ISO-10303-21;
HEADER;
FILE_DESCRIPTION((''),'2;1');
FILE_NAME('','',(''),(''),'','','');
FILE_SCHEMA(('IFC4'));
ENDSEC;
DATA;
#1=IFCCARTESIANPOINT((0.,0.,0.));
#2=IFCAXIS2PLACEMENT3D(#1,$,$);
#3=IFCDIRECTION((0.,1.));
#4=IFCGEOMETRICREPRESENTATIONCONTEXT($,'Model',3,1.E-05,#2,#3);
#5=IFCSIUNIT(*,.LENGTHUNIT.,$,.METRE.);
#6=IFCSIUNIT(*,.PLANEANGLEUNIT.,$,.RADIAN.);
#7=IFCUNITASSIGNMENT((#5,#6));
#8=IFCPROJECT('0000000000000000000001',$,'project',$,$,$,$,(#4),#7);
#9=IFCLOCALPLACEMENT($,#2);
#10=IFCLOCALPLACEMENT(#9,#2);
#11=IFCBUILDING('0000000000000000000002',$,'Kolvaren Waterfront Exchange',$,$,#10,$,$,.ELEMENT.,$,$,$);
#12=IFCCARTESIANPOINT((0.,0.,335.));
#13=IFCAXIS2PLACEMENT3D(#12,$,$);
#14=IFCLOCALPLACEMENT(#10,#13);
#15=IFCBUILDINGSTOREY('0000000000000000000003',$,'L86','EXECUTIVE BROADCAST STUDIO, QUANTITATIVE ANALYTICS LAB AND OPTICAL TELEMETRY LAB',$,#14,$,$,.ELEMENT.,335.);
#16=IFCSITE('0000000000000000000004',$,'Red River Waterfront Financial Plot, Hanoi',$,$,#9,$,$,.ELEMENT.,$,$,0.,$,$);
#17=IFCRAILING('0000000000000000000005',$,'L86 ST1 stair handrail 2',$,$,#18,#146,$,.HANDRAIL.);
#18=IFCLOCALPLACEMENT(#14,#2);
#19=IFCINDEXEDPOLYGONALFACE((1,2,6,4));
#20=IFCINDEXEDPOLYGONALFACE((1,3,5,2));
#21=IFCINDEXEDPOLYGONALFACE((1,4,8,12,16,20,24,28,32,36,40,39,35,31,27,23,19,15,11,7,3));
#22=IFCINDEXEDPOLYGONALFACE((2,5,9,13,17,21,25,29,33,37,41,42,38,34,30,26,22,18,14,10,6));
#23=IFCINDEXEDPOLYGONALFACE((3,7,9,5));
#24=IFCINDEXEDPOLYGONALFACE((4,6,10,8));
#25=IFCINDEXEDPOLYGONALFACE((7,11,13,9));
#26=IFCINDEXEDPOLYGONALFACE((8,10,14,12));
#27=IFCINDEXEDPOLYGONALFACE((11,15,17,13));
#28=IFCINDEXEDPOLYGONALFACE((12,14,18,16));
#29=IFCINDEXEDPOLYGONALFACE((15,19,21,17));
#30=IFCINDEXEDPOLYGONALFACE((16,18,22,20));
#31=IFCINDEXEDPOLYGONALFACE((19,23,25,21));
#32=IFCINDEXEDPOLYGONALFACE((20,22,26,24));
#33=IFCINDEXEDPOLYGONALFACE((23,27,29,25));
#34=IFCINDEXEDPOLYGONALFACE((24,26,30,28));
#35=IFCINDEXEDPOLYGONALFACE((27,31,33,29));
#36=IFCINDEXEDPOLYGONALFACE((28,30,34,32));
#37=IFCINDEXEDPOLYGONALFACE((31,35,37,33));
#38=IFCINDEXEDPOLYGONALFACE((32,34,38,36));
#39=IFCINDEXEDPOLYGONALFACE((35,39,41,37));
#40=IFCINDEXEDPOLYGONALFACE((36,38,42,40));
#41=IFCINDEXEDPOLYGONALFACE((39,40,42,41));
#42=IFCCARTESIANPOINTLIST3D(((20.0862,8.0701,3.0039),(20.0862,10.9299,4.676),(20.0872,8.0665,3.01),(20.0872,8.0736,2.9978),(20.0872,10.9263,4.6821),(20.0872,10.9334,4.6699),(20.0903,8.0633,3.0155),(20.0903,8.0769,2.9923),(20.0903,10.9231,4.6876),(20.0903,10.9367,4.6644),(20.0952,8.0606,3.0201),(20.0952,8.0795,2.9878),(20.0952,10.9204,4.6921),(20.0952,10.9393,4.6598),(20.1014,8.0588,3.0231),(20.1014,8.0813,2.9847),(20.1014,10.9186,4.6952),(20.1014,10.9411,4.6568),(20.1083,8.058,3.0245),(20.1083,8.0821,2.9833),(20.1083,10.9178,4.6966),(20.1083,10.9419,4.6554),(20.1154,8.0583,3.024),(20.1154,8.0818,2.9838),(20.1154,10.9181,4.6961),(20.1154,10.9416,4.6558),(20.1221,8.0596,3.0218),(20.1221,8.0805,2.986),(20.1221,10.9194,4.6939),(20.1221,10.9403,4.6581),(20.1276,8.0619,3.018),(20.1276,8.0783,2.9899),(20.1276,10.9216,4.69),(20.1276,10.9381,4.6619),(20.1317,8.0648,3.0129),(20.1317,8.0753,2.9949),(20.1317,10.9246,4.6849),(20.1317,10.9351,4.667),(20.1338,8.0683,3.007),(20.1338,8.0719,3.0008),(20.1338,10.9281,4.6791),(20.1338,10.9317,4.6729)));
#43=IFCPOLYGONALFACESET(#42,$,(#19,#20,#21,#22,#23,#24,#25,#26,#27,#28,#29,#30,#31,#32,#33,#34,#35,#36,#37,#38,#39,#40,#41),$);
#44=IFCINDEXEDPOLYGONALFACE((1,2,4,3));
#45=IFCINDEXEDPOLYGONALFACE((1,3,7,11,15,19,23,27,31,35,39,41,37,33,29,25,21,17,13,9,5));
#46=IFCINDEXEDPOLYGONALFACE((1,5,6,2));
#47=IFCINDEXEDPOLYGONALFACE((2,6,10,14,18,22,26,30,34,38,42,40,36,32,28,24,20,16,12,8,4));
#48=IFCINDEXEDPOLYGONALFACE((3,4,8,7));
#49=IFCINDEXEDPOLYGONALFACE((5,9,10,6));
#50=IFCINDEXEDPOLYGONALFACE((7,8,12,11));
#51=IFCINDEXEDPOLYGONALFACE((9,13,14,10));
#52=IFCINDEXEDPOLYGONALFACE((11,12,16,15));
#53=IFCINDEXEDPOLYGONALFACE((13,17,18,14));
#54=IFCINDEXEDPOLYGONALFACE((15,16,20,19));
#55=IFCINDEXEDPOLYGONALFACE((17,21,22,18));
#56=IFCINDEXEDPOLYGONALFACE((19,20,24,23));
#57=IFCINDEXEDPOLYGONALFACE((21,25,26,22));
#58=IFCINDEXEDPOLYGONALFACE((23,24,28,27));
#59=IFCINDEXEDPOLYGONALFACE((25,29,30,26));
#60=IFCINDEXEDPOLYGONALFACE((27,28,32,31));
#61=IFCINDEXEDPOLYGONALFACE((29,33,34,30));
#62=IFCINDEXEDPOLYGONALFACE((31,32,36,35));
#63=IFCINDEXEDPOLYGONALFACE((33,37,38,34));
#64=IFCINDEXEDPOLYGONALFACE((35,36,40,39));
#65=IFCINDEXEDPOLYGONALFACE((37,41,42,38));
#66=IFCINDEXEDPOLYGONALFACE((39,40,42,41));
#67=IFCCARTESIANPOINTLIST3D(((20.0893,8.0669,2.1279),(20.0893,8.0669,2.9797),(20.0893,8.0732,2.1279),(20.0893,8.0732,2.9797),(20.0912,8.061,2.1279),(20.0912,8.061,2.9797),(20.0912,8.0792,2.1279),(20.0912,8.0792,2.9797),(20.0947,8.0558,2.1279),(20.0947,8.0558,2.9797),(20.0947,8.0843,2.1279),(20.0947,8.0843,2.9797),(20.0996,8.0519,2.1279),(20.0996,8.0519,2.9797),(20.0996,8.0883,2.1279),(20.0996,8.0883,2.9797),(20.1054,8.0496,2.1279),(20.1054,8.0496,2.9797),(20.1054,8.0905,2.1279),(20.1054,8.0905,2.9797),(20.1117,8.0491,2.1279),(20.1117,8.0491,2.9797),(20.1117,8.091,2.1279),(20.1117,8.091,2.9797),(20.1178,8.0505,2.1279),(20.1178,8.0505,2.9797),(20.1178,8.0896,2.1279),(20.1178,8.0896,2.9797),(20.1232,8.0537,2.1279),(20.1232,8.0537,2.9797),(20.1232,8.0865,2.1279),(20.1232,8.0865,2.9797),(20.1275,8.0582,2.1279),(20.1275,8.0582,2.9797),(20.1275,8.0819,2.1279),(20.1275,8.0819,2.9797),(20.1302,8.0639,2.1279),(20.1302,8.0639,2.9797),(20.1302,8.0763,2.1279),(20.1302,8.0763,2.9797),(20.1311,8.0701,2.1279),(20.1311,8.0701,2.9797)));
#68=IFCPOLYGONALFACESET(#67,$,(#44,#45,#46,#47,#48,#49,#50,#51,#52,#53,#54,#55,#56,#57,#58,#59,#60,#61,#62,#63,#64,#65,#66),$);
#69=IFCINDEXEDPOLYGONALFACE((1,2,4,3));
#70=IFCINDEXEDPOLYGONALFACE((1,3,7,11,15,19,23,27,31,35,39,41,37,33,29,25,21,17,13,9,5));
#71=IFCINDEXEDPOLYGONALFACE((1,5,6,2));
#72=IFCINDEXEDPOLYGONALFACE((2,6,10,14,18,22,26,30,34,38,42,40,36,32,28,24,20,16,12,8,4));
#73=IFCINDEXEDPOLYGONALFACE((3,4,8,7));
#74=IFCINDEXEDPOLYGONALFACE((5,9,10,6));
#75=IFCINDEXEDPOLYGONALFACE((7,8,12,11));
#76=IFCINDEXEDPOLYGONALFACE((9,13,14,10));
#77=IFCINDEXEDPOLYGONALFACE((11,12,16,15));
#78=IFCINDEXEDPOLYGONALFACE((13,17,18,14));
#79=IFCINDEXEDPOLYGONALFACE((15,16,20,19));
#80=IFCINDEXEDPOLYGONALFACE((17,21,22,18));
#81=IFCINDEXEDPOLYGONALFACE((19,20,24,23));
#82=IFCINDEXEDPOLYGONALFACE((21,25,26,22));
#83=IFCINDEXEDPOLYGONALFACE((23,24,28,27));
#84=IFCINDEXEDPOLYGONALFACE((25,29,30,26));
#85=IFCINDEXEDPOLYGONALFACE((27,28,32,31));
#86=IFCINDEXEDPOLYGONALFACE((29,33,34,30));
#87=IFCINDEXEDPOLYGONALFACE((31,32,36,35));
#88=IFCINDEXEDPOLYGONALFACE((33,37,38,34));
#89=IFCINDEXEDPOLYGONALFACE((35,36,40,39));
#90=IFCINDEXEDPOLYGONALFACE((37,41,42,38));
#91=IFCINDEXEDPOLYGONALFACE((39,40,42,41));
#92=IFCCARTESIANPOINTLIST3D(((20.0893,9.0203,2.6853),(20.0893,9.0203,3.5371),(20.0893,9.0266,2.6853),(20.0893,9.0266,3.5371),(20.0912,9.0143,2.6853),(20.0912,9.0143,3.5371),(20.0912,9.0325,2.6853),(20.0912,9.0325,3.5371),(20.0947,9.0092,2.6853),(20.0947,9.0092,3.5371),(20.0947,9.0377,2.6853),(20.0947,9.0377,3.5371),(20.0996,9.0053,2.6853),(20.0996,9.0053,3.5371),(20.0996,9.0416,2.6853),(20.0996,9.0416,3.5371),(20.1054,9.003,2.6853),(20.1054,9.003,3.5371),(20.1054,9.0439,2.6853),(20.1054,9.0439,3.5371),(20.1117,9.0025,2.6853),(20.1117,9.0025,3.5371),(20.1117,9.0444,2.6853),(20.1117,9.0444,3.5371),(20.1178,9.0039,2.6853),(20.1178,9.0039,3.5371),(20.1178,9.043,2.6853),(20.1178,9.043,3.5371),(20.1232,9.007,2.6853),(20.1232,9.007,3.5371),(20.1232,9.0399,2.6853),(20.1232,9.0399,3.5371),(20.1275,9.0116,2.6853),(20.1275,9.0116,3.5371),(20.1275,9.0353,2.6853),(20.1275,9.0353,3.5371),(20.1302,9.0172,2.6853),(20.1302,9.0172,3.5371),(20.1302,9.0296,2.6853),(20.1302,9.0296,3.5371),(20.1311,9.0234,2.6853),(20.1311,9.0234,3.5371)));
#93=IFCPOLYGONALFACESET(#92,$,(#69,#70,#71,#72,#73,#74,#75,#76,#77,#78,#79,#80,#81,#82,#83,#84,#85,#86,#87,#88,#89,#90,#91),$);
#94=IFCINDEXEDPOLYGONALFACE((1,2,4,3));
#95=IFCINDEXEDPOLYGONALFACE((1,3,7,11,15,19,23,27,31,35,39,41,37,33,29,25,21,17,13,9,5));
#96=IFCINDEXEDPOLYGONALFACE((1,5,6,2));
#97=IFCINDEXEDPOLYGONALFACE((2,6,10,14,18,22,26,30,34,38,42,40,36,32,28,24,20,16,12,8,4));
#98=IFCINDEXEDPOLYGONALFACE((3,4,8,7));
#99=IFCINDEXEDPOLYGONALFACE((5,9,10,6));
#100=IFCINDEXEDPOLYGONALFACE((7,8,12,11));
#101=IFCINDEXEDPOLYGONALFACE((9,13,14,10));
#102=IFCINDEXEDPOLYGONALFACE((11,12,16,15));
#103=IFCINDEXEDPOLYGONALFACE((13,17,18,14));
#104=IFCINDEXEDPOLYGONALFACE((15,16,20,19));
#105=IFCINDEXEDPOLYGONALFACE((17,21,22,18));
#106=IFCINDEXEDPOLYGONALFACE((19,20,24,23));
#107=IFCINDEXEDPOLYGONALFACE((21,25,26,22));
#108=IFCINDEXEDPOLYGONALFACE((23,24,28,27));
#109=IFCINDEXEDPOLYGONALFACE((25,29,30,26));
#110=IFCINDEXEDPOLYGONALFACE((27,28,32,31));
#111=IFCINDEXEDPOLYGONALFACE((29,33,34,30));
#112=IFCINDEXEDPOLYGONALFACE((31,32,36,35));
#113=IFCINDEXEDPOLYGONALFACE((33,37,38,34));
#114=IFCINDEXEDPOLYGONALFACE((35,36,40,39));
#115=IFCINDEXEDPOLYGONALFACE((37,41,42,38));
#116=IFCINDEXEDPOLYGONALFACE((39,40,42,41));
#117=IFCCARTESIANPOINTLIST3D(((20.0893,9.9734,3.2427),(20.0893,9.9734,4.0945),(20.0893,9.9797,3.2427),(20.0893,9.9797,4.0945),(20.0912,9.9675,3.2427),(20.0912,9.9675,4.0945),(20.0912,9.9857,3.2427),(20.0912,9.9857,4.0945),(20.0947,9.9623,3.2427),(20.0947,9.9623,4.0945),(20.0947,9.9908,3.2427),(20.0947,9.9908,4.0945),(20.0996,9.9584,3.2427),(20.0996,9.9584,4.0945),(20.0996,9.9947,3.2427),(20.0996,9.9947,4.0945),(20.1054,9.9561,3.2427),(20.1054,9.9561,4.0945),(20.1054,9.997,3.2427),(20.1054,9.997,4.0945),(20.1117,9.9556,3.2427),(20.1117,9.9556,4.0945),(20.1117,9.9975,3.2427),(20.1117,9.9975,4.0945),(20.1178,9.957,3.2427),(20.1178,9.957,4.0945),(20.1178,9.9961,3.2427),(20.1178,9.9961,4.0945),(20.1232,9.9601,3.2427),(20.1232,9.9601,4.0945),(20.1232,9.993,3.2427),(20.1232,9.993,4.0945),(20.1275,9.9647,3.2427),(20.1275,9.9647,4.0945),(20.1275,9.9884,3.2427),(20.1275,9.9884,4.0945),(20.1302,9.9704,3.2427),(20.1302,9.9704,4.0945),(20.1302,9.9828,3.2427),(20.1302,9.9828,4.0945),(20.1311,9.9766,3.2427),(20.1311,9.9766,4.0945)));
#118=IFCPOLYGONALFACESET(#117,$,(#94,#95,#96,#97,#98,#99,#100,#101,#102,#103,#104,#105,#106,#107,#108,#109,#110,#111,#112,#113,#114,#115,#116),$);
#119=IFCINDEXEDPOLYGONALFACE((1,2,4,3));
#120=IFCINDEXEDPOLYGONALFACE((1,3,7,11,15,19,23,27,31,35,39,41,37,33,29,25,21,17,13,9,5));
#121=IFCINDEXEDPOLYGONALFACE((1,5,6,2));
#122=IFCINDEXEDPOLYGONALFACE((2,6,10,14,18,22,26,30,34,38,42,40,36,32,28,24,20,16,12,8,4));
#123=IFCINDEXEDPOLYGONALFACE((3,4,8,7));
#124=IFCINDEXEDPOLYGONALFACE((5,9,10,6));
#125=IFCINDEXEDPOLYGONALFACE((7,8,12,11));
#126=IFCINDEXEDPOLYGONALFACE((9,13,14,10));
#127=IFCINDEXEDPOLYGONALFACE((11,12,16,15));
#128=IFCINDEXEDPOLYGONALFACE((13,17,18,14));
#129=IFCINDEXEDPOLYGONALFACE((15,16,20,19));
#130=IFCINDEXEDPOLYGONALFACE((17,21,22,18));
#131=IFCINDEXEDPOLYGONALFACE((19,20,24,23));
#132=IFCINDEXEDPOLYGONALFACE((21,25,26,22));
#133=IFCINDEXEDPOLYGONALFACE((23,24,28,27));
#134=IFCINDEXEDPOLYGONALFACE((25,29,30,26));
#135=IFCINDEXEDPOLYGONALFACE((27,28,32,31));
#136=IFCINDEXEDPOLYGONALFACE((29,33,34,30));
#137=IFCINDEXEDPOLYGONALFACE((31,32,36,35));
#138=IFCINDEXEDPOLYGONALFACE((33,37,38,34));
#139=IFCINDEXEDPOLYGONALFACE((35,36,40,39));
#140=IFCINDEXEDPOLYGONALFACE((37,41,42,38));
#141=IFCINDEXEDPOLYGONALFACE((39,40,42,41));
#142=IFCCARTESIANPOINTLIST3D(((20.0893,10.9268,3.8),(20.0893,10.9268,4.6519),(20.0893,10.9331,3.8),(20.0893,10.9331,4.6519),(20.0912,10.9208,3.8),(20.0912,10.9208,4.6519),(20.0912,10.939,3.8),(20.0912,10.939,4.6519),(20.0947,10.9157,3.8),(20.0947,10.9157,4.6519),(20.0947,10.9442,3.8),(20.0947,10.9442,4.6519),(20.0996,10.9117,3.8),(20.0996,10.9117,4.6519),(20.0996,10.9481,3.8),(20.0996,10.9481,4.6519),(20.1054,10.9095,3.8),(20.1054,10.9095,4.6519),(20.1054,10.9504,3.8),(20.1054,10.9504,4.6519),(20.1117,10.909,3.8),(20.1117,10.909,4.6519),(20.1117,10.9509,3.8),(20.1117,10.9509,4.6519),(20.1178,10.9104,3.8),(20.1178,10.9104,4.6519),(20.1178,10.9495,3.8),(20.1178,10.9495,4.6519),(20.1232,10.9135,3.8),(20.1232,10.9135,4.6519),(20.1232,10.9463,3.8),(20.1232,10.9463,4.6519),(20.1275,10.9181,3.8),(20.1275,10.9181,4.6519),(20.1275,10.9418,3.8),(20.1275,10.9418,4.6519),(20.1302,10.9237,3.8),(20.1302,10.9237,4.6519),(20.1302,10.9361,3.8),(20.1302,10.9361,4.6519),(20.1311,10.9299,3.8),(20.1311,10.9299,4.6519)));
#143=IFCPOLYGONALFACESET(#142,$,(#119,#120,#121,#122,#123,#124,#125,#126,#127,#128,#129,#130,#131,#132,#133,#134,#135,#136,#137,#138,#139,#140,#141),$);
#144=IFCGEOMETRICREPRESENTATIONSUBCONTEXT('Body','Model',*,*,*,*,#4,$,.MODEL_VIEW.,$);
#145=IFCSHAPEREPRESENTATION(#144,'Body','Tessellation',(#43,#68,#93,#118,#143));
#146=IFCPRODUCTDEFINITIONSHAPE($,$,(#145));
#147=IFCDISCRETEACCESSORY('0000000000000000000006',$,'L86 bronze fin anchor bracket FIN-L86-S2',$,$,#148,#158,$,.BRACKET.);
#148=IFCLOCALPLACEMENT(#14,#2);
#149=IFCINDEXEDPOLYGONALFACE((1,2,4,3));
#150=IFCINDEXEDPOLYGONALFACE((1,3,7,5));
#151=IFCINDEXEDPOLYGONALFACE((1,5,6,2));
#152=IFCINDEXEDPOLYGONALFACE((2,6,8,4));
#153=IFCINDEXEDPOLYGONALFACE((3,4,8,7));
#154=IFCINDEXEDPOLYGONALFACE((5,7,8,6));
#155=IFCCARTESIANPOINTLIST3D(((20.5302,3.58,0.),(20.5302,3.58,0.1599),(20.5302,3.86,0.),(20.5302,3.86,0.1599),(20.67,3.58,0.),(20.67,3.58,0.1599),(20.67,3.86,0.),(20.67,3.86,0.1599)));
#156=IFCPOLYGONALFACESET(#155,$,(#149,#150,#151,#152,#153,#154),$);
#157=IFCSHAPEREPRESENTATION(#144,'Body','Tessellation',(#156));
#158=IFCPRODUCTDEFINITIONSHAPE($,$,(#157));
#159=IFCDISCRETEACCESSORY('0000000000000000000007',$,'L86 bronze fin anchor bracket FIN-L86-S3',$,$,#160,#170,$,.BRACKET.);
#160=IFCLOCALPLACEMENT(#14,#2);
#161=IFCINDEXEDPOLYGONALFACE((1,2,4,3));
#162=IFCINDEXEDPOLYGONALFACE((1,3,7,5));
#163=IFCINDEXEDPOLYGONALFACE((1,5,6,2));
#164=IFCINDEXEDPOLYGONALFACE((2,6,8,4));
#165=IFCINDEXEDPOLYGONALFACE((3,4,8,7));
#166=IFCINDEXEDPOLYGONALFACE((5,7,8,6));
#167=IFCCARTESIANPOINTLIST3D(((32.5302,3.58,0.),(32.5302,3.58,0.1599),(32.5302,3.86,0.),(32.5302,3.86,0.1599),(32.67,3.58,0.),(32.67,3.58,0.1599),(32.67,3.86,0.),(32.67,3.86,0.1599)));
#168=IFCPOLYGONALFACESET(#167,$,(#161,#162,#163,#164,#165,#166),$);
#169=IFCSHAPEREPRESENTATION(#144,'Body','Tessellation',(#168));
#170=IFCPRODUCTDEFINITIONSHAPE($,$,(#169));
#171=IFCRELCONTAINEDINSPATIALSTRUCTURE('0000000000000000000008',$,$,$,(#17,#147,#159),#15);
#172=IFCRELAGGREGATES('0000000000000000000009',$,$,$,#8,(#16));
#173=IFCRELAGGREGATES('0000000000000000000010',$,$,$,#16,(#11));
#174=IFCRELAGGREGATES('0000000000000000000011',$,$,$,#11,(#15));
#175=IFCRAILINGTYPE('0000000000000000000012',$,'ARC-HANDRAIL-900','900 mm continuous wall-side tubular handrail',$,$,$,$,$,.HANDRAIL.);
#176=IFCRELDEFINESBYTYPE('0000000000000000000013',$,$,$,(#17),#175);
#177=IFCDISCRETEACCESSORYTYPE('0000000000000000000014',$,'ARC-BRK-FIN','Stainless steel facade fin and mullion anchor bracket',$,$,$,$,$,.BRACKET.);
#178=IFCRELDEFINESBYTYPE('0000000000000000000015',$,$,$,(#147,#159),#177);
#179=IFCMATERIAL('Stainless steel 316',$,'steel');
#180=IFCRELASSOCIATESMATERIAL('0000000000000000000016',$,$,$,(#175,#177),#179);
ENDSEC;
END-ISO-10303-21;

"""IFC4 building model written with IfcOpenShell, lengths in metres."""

from ifc_helpers import new_model, si_unit, direction, frame, origin, origin_with_axes, origin_2d, place, context, subcontext, project, spatial, rectangle, circle, extrude, source, transform, mapped, material, type_object, element, save


model = new_model("IFC4")

# Units and contexts
model_context = context("Model", 3, precision=1e-05, world=origin(), true_north=direction((0.0, 1.0)))
body_context = subcontext(model_context, "Body", "Model", "MODEL_VIEW")
ifc_project = project(units=[si_unit("LENGTHUNIT", "METRE"), si_unit("PLANEANGLEUNIT", "RADIAN")], contexts=[model_context])

# Site, building, storey
site_placement = place(None, origin())
site = spatial("IfcSite", under=ifc_project, at=site_placement, Name="Red River Waterfront Financial Plot, Hanoi", CompositionType="ELEMENT", RefElevation=0.0)
building_placement = place(site_placement, origin())
building = spatial("IfcBuilding", under=site, at=building_placement, Name="Kolvaren Waterfront Exchange", CompositionType="ELEMENT")
storey_placement = place(building_placement, frame((0.0, 0.0, 335.0)))
storey = spatial("IfcBuildingStorey", under=building, at=storey_placement, Name="L86", Description="EXECUTIVE BROADCAST STUDIO, QUANTITATIVE ANALYTICS LAB AND OPTICAL TELEMETRY LAB", CompositionType="ELEMENT", Elevation=335.0)

# Railing
ifc_material_1 = material(Name="Stainless steel 316", Category="steel")
railing_type_1 = type_object("IfcRailingType", Name="ARC-HANDRAIL-900", Description="900 mm continuous wall-side tubular handrail", PredefinedType="HANDRAIL", material=ifc_material_1)
railing_1_placement = place(storey_placement, frame((20.1101, 8.0701, 2.1279)))
element("IfcRailing", 1, at=railing_1_placement, inside=storey, type_object=railing_type_1, Name="L86 ST1 stair handrail 2", PredefinedType="HANDRAIL", context=body_context, shape_type="SweptSolid", body=[
    extrude(circle(Radius=0.0239, at=origin_2d()), frame((0.0, 0.0, 0.876), z_axis=(0.0, 0.863271, 0.504741), x_axis=(-1.0, 0.0, 0.0)), (0.0, 0.0, 1.0), 3.3127),
    extrude(circle(Radius=0.021, at=origin_2d()), origin(), (0.0, 0.0, 1.0), 0.8518),
    extrude(circle(Radius=0.021, at=origin_2d()), frame((0.0, 0.9534, 0.5574)), (0.0, 0.0, 1.0), 0.8518),
    extrude(circle(Radius=0.021, at=origin_2d()), frame((0.0, 1.9065, 1.1147)), (0.0, 0.0, 1.0), 0.8518),
    extrude(circle(Radius=0.021, at=origin_2d()), frame((0.0, 2.8599, 1.6721)), (0.0, 0.0, 1.0), 0.8518),
])

# Discrete accessories
discrete_accessory_type = type_object("IfcDiscreteAccessoryType", Name="ARC-BRK-FIN", Description="Stainless steel facade fin and mullion anchor bracket", PredefinedType="BRACKET", material=ifc_material_1)
shared_shape_1 = source(origin_with_axes(), body_context, "Body", "SweptSolid", [
    extrude(rectangle(XDim=0.28, YDim=0.1399, at=origin_2d()), origin(), (0.0, 0.0, 1.0), 0.1599),
])
for number, where, z_axis, x_axis, name in (
    (2, (20.6001, 3.72, 0.0), (0.0, 0.0, 1.0), (0.0, -1.0, 0.0), "L86 bronze fin anchor bracket FIN-L86-S2"),
    (3, (32.6001, 3.72, 0.0), (0.0, 0.0, 1.0), (0.0, -1.0, 0.0), "L86 bronze fin anchor bracket FIN-L86-S3"),
):
    element("IfcDiscreteAccessory", number, at=place(storey_placement, frame(where, z_axis=z_axis, x_axis=x_axis)), inside=storey, type_object=discrete_accessory_type, Name=name, PredefinedType="BRACKET", context=body_context, shape_type="MappedRepresentation", body=[
        mapped(shared_shape_1, transform((0.0, 0.0, 0.0), x_axis=(1.0, 0.0, 0.0), y_axis=(0.0, 1.0, 0.0), z_axis=(0.0, 0.0, 1.0), scale=1.0)),
    ])

save(model, "model.ifc")
